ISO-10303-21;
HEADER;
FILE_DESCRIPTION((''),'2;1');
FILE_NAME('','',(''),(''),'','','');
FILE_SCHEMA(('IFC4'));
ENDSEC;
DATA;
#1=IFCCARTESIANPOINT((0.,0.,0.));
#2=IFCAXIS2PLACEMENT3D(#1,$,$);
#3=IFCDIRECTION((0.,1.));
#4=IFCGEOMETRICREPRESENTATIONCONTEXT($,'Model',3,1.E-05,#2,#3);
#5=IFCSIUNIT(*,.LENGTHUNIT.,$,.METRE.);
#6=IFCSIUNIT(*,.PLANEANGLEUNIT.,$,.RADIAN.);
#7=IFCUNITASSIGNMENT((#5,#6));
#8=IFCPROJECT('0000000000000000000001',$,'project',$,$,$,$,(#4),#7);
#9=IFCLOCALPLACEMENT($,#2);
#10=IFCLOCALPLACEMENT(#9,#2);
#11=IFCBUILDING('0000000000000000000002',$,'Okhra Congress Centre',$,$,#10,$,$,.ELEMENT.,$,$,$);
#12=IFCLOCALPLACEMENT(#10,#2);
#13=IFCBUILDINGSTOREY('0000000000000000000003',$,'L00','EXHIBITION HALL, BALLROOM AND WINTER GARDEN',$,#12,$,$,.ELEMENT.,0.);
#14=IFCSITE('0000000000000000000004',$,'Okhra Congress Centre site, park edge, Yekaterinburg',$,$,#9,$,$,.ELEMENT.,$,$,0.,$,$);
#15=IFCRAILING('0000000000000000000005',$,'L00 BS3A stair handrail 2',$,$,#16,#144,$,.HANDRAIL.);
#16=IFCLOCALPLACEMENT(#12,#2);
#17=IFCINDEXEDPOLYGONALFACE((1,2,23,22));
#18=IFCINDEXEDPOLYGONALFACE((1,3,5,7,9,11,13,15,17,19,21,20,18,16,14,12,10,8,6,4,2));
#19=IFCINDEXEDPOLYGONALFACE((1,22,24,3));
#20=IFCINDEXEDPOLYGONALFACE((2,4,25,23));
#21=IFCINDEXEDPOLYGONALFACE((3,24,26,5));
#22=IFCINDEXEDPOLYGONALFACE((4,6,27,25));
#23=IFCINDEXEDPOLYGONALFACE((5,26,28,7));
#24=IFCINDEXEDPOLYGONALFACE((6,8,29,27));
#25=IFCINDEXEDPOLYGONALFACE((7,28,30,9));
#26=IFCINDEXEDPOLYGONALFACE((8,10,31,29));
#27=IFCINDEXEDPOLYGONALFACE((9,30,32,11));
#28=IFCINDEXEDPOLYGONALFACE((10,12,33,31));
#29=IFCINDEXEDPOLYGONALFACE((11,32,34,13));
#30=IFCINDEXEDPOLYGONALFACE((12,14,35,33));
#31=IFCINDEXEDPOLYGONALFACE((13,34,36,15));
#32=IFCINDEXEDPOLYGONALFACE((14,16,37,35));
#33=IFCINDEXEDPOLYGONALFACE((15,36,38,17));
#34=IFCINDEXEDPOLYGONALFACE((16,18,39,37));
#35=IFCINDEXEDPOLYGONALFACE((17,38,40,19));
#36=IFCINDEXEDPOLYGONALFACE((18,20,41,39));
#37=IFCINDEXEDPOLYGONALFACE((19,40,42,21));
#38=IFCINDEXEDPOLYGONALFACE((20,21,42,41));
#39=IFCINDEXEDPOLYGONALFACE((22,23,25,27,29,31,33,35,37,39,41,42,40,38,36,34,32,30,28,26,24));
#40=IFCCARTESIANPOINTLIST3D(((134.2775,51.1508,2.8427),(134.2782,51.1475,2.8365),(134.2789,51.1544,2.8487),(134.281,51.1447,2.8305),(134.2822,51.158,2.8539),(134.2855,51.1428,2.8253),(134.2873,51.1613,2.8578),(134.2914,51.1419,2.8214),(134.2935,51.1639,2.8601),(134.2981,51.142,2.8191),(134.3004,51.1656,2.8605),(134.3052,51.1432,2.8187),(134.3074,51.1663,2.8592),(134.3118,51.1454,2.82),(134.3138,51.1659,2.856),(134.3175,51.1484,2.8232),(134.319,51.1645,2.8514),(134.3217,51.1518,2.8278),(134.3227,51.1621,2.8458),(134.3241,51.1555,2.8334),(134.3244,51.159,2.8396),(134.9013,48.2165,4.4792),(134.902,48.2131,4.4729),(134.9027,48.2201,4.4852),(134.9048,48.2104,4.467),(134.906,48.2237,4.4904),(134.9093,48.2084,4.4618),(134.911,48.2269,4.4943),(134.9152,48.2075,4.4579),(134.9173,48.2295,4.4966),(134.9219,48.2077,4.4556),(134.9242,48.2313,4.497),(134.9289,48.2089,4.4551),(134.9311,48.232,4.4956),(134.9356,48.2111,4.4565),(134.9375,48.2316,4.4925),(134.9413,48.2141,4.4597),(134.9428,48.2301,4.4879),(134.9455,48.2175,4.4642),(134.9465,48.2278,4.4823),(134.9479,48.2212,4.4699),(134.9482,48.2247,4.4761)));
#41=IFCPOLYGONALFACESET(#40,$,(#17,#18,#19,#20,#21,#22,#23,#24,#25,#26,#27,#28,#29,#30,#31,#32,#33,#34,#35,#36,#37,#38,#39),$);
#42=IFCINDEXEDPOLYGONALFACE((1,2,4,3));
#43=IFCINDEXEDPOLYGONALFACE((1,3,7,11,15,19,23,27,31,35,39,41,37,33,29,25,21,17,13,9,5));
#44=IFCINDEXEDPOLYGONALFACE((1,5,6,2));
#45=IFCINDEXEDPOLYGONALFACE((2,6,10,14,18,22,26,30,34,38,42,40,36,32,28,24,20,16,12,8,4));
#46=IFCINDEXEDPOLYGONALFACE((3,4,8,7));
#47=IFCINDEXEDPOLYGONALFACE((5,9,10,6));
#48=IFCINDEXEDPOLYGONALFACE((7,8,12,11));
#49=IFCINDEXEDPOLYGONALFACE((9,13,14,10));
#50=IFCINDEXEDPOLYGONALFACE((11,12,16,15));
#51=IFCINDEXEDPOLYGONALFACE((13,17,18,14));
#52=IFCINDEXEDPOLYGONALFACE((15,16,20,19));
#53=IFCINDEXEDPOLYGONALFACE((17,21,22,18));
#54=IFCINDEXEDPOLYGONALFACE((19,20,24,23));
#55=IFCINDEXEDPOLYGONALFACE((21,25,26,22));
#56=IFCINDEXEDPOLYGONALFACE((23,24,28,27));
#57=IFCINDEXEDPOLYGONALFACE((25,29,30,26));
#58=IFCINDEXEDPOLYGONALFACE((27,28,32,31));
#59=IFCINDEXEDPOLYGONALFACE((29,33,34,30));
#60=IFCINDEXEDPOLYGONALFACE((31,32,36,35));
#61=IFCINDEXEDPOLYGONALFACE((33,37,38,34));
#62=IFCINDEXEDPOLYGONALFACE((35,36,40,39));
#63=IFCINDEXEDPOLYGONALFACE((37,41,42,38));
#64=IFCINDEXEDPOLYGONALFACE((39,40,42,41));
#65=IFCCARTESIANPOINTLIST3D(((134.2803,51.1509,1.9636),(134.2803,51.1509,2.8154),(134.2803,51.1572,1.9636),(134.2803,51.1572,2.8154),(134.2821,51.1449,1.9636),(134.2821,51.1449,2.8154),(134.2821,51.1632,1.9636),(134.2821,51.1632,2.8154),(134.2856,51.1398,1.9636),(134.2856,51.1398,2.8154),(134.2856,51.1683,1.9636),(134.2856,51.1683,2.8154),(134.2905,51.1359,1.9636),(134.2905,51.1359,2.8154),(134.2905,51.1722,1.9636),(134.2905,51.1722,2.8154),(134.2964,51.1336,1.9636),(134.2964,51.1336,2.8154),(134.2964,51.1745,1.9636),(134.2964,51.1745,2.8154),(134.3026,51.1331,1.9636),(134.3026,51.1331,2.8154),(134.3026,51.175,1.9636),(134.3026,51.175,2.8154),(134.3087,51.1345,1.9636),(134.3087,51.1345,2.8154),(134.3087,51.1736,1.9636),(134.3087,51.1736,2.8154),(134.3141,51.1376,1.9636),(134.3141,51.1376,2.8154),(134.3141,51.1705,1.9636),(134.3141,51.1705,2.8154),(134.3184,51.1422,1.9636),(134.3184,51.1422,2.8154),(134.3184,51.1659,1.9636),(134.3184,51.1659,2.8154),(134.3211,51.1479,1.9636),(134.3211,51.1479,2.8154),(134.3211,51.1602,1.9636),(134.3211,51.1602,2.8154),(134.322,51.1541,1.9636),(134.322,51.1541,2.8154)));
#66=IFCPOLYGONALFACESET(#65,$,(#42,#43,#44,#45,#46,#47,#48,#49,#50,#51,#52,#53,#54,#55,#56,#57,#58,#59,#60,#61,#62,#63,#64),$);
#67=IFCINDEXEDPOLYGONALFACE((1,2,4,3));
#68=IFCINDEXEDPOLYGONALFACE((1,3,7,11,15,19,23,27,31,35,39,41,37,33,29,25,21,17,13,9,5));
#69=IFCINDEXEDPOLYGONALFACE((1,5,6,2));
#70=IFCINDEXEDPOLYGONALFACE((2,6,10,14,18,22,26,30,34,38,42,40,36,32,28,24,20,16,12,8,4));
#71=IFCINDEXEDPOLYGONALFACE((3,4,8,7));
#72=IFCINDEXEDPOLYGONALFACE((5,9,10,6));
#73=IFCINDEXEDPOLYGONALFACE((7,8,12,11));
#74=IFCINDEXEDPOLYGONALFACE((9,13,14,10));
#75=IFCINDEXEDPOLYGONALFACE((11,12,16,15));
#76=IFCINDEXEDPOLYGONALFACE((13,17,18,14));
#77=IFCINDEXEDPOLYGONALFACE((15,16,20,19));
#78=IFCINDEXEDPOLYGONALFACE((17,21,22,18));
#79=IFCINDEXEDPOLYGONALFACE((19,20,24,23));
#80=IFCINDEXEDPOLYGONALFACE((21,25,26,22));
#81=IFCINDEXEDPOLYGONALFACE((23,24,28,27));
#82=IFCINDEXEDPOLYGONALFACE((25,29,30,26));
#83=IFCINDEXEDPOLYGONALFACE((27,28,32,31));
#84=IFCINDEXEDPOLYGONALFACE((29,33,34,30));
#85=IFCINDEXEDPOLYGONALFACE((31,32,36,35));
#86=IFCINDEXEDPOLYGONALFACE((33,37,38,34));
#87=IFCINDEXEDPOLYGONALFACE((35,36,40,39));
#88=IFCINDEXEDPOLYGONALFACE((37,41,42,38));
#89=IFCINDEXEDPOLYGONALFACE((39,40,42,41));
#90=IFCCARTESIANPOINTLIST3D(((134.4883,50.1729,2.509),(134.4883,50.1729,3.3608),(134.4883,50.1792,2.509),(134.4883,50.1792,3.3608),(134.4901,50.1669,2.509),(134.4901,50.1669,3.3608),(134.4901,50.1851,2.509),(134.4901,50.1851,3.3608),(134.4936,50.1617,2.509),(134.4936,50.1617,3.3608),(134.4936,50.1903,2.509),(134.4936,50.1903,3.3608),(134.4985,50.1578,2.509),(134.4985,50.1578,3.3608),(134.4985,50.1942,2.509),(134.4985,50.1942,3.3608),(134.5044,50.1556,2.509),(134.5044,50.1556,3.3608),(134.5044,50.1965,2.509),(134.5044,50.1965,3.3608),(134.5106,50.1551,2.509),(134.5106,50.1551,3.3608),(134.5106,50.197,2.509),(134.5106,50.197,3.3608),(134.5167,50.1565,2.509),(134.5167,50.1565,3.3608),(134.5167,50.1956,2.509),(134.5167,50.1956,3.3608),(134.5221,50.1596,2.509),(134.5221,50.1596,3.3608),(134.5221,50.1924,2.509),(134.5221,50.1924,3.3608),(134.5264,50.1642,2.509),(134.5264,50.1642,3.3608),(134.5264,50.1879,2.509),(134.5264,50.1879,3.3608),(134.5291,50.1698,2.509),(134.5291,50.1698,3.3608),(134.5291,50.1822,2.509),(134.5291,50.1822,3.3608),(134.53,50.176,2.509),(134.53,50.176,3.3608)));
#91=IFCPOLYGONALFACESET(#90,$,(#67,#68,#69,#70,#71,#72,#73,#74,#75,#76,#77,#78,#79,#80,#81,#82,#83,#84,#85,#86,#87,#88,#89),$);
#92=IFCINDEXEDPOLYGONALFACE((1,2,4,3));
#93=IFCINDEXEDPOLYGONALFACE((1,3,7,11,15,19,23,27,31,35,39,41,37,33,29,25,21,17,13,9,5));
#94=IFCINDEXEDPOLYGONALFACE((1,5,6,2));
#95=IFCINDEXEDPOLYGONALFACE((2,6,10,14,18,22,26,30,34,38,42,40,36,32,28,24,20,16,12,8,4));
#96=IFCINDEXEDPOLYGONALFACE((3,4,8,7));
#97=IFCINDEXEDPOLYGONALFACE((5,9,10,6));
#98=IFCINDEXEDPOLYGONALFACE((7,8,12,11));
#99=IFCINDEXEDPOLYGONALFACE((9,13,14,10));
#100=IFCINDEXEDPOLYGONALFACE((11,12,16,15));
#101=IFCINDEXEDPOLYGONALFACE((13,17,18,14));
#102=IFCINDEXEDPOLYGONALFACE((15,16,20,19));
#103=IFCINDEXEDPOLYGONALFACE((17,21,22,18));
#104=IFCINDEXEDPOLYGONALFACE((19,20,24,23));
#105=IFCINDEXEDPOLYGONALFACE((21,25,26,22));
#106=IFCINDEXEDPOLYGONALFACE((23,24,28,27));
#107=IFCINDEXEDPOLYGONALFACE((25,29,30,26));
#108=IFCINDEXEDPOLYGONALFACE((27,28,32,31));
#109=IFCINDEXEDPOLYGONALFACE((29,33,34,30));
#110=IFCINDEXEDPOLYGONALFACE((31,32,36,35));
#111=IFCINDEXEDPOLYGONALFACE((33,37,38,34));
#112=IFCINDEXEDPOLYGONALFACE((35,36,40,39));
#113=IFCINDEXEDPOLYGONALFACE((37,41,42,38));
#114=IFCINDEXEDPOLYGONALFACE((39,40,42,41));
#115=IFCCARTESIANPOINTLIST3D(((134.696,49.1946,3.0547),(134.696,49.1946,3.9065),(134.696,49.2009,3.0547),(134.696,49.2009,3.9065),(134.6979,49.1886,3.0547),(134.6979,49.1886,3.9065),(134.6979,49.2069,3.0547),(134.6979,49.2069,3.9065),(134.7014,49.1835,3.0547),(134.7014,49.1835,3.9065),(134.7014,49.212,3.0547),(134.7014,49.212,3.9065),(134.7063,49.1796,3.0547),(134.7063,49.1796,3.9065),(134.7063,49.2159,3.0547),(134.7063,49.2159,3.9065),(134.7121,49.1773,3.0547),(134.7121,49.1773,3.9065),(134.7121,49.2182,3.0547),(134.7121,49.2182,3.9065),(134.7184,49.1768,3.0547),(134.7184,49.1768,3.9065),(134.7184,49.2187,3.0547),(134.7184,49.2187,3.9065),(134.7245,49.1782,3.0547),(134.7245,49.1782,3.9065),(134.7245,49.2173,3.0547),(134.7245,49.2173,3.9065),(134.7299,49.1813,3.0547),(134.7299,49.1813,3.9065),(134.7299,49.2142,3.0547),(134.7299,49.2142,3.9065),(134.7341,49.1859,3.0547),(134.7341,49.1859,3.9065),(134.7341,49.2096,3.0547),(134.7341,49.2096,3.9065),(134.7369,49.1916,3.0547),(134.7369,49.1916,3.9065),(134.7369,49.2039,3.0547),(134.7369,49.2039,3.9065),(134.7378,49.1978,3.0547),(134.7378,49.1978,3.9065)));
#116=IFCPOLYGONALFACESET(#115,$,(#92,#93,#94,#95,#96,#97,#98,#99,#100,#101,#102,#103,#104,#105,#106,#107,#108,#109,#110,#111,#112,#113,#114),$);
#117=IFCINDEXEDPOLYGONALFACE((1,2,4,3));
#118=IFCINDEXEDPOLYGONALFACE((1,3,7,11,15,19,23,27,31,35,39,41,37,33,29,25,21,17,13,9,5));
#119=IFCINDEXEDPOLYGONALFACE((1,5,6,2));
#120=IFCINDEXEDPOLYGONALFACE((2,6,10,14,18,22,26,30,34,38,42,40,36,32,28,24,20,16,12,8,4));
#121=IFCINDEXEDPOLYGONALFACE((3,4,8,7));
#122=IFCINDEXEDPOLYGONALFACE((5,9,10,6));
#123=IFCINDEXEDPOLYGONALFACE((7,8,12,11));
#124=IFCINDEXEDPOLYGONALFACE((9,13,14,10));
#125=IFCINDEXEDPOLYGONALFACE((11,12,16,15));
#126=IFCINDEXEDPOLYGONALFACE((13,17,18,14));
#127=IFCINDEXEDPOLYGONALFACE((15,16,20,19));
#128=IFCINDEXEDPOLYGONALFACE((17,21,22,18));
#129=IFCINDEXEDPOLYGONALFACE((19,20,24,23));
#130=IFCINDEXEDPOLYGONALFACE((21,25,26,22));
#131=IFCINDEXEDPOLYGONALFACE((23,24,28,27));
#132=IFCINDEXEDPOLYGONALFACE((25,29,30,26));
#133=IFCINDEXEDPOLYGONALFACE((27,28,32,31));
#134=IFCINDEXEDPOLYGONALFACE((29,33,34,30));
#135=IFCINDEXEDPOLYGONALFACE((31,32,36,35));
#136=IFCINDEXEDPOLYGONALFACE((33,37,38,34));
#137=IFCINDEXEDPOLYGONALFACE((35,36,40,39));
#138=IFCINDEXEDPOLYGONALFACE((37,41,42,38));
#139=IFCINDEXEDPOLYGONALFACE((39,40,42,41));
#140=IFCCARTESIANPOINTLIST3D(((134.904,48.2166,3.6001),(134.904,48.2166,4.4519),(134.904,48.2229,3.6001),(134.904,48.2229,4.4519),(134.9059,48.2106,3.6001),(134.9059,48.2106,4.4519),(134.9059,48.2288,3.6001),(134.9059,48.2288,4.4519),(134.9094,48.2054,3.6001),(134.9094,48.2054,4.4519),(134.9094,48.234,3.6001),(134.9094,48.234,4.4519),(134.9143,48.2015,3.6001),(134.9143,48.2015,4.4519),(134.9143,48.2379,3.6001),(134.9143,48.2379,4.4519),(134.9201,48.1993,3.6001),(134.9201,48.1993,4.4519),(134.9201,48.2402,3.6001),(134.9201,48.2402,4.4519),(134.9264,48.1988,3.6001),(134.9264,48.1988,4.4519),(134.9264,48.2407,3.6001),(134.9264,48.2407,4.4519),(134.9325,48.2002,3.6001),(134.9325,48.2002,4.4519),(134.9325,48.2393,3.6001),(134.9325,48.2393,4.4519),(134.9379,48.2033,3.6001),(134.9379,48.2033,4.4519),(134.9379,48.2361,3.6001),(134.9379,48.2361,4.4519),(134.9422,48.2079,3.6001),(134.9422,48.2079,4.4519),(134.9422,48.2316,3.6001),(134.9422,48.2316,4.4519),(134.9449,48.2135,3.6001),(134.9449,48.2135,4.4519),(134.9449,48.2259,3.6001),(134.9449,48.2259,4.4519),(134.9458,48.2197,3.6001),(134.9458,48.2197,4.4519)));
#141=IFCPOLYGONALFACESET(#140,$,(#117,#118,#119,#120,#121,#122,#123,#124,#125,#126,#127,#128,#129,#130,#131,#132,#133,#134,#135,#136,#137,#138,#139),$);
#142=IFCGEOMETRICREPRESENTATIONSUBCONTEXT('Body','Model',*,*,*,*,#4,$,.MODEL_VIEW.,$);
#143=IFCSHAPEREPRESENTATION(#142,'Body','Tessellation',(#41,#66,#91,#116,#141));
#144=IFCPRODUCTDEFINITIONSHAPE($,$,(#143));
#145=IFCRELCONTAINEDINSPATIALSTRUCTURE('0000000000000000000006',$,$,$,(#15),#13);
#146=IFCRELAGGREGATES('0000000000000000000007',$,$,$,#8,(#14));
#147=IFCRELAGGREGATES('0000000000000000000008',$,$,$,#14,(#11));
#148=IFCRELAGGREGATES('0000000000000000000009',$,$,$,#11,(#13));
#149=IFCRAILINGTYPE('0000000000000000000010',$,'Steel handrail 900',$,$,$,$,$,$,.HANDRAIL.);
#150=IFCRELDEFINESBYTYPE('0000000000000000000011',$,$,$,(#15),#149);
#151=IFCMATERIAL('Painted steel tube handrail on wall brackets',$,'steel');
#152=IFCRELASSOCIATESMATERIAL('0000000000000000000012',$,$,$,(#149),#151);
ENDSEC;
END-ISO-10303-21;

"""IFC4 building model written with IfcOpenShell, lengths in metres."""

from ifc_helpers import new_model, si_unit, direction, frame, origin, origin_2d, place, context, subcontext, project, spatial, circle, extrude, material, type_object, element, save


model = new_model("IFC4")

# Units and contexts
model_context = context("Model", 3, precision=1e-05, world=origin(), true_north=direction((0.0, 1.0)))
body_context = subcontext(model_context, "Body", "Model", "MODEL_VIEW")
ifc_project = project(units=[si_unit("LENGTHUNIT", "METRE"), si_unit("PLANEANGLEUNIT", "RADIAN")], contexts=[model_context])

# Site, building, storey
site_placement = place(None, origin())
site = spatial("IfcSite", under=ifc_project, at=site_placement, Name="Okhra Congress Centre site, park edge, Yekaterinburg", CompositionType="ELEMENT", RefElevation=0.0)
building_placement = place(site_placement, origin())
building = spatial("IfcBuilding", under=site, at=building_placement, Name="Okhra Congress Centre", CompositionType="ELEMENT")
storey_placement = place(building_placement, origin())
storey = spatial("IfcBuildingStorey", under=building, at=storey_placement, Name="L00", Description="EXHIBITION HALL, BALLROOM AND WINTER GARDEN", CompositionType="ELEMENT", Elevation=0.0)

# Railing
ifc_material_1 = material(Name="Painted steel tube handrail on wall brackets", Category="steel")
railing_type_1 = type_object("IfcRailingType", Name="Steel handrail 900", PredefinedType="HANDRAIL", material=ifc_material_1)
railing_1_placement = place(storey_placement, frame((134.301, 51.1541, 1.9636)))
element("IfcRailing", 1, at=railing_1_placement, inside=storey, type_object=railing_type_1, Name="L00 BS3A stair handrail 2", PredefinedType="HANDRAIL", context=body_context, shape_type="SweptSolid", body=[
    extrude(circle(Radius=0.0239, at=origin_2d()), frame((0.0, 0.0, 0.876), z_axis=(0.18254, -0.858687, 0.47889), x_axis=(0.978143, 0.207934, 0.0)), (0.0, 0.0, 1.0), 3.4172),
    extrude(circle(Radius=0.021, at=origin_2d()), origin(), (0.0, 0.0, 1.0), 0.8518),
    extrude(circle(Radius=0.021, at=origin_2d()), frame((0.208, -0.978, 0.5454)), (0.0, 0.0, 1.0), 0.8518),
    extrude(circle(Radius=0.021, at=origin_2d()), frame((0.4158, -1.9563, 1.0911)), (0.0, 0.0, 1.0), 0.8518),
    extrude(circle(Radius=0.021, at=origin_2d()), frame((0.6238, -2.9343, 1.6365)), (0.0, 0.0, 1.0), 0.8518),
])

save(model, "model.ifc")
